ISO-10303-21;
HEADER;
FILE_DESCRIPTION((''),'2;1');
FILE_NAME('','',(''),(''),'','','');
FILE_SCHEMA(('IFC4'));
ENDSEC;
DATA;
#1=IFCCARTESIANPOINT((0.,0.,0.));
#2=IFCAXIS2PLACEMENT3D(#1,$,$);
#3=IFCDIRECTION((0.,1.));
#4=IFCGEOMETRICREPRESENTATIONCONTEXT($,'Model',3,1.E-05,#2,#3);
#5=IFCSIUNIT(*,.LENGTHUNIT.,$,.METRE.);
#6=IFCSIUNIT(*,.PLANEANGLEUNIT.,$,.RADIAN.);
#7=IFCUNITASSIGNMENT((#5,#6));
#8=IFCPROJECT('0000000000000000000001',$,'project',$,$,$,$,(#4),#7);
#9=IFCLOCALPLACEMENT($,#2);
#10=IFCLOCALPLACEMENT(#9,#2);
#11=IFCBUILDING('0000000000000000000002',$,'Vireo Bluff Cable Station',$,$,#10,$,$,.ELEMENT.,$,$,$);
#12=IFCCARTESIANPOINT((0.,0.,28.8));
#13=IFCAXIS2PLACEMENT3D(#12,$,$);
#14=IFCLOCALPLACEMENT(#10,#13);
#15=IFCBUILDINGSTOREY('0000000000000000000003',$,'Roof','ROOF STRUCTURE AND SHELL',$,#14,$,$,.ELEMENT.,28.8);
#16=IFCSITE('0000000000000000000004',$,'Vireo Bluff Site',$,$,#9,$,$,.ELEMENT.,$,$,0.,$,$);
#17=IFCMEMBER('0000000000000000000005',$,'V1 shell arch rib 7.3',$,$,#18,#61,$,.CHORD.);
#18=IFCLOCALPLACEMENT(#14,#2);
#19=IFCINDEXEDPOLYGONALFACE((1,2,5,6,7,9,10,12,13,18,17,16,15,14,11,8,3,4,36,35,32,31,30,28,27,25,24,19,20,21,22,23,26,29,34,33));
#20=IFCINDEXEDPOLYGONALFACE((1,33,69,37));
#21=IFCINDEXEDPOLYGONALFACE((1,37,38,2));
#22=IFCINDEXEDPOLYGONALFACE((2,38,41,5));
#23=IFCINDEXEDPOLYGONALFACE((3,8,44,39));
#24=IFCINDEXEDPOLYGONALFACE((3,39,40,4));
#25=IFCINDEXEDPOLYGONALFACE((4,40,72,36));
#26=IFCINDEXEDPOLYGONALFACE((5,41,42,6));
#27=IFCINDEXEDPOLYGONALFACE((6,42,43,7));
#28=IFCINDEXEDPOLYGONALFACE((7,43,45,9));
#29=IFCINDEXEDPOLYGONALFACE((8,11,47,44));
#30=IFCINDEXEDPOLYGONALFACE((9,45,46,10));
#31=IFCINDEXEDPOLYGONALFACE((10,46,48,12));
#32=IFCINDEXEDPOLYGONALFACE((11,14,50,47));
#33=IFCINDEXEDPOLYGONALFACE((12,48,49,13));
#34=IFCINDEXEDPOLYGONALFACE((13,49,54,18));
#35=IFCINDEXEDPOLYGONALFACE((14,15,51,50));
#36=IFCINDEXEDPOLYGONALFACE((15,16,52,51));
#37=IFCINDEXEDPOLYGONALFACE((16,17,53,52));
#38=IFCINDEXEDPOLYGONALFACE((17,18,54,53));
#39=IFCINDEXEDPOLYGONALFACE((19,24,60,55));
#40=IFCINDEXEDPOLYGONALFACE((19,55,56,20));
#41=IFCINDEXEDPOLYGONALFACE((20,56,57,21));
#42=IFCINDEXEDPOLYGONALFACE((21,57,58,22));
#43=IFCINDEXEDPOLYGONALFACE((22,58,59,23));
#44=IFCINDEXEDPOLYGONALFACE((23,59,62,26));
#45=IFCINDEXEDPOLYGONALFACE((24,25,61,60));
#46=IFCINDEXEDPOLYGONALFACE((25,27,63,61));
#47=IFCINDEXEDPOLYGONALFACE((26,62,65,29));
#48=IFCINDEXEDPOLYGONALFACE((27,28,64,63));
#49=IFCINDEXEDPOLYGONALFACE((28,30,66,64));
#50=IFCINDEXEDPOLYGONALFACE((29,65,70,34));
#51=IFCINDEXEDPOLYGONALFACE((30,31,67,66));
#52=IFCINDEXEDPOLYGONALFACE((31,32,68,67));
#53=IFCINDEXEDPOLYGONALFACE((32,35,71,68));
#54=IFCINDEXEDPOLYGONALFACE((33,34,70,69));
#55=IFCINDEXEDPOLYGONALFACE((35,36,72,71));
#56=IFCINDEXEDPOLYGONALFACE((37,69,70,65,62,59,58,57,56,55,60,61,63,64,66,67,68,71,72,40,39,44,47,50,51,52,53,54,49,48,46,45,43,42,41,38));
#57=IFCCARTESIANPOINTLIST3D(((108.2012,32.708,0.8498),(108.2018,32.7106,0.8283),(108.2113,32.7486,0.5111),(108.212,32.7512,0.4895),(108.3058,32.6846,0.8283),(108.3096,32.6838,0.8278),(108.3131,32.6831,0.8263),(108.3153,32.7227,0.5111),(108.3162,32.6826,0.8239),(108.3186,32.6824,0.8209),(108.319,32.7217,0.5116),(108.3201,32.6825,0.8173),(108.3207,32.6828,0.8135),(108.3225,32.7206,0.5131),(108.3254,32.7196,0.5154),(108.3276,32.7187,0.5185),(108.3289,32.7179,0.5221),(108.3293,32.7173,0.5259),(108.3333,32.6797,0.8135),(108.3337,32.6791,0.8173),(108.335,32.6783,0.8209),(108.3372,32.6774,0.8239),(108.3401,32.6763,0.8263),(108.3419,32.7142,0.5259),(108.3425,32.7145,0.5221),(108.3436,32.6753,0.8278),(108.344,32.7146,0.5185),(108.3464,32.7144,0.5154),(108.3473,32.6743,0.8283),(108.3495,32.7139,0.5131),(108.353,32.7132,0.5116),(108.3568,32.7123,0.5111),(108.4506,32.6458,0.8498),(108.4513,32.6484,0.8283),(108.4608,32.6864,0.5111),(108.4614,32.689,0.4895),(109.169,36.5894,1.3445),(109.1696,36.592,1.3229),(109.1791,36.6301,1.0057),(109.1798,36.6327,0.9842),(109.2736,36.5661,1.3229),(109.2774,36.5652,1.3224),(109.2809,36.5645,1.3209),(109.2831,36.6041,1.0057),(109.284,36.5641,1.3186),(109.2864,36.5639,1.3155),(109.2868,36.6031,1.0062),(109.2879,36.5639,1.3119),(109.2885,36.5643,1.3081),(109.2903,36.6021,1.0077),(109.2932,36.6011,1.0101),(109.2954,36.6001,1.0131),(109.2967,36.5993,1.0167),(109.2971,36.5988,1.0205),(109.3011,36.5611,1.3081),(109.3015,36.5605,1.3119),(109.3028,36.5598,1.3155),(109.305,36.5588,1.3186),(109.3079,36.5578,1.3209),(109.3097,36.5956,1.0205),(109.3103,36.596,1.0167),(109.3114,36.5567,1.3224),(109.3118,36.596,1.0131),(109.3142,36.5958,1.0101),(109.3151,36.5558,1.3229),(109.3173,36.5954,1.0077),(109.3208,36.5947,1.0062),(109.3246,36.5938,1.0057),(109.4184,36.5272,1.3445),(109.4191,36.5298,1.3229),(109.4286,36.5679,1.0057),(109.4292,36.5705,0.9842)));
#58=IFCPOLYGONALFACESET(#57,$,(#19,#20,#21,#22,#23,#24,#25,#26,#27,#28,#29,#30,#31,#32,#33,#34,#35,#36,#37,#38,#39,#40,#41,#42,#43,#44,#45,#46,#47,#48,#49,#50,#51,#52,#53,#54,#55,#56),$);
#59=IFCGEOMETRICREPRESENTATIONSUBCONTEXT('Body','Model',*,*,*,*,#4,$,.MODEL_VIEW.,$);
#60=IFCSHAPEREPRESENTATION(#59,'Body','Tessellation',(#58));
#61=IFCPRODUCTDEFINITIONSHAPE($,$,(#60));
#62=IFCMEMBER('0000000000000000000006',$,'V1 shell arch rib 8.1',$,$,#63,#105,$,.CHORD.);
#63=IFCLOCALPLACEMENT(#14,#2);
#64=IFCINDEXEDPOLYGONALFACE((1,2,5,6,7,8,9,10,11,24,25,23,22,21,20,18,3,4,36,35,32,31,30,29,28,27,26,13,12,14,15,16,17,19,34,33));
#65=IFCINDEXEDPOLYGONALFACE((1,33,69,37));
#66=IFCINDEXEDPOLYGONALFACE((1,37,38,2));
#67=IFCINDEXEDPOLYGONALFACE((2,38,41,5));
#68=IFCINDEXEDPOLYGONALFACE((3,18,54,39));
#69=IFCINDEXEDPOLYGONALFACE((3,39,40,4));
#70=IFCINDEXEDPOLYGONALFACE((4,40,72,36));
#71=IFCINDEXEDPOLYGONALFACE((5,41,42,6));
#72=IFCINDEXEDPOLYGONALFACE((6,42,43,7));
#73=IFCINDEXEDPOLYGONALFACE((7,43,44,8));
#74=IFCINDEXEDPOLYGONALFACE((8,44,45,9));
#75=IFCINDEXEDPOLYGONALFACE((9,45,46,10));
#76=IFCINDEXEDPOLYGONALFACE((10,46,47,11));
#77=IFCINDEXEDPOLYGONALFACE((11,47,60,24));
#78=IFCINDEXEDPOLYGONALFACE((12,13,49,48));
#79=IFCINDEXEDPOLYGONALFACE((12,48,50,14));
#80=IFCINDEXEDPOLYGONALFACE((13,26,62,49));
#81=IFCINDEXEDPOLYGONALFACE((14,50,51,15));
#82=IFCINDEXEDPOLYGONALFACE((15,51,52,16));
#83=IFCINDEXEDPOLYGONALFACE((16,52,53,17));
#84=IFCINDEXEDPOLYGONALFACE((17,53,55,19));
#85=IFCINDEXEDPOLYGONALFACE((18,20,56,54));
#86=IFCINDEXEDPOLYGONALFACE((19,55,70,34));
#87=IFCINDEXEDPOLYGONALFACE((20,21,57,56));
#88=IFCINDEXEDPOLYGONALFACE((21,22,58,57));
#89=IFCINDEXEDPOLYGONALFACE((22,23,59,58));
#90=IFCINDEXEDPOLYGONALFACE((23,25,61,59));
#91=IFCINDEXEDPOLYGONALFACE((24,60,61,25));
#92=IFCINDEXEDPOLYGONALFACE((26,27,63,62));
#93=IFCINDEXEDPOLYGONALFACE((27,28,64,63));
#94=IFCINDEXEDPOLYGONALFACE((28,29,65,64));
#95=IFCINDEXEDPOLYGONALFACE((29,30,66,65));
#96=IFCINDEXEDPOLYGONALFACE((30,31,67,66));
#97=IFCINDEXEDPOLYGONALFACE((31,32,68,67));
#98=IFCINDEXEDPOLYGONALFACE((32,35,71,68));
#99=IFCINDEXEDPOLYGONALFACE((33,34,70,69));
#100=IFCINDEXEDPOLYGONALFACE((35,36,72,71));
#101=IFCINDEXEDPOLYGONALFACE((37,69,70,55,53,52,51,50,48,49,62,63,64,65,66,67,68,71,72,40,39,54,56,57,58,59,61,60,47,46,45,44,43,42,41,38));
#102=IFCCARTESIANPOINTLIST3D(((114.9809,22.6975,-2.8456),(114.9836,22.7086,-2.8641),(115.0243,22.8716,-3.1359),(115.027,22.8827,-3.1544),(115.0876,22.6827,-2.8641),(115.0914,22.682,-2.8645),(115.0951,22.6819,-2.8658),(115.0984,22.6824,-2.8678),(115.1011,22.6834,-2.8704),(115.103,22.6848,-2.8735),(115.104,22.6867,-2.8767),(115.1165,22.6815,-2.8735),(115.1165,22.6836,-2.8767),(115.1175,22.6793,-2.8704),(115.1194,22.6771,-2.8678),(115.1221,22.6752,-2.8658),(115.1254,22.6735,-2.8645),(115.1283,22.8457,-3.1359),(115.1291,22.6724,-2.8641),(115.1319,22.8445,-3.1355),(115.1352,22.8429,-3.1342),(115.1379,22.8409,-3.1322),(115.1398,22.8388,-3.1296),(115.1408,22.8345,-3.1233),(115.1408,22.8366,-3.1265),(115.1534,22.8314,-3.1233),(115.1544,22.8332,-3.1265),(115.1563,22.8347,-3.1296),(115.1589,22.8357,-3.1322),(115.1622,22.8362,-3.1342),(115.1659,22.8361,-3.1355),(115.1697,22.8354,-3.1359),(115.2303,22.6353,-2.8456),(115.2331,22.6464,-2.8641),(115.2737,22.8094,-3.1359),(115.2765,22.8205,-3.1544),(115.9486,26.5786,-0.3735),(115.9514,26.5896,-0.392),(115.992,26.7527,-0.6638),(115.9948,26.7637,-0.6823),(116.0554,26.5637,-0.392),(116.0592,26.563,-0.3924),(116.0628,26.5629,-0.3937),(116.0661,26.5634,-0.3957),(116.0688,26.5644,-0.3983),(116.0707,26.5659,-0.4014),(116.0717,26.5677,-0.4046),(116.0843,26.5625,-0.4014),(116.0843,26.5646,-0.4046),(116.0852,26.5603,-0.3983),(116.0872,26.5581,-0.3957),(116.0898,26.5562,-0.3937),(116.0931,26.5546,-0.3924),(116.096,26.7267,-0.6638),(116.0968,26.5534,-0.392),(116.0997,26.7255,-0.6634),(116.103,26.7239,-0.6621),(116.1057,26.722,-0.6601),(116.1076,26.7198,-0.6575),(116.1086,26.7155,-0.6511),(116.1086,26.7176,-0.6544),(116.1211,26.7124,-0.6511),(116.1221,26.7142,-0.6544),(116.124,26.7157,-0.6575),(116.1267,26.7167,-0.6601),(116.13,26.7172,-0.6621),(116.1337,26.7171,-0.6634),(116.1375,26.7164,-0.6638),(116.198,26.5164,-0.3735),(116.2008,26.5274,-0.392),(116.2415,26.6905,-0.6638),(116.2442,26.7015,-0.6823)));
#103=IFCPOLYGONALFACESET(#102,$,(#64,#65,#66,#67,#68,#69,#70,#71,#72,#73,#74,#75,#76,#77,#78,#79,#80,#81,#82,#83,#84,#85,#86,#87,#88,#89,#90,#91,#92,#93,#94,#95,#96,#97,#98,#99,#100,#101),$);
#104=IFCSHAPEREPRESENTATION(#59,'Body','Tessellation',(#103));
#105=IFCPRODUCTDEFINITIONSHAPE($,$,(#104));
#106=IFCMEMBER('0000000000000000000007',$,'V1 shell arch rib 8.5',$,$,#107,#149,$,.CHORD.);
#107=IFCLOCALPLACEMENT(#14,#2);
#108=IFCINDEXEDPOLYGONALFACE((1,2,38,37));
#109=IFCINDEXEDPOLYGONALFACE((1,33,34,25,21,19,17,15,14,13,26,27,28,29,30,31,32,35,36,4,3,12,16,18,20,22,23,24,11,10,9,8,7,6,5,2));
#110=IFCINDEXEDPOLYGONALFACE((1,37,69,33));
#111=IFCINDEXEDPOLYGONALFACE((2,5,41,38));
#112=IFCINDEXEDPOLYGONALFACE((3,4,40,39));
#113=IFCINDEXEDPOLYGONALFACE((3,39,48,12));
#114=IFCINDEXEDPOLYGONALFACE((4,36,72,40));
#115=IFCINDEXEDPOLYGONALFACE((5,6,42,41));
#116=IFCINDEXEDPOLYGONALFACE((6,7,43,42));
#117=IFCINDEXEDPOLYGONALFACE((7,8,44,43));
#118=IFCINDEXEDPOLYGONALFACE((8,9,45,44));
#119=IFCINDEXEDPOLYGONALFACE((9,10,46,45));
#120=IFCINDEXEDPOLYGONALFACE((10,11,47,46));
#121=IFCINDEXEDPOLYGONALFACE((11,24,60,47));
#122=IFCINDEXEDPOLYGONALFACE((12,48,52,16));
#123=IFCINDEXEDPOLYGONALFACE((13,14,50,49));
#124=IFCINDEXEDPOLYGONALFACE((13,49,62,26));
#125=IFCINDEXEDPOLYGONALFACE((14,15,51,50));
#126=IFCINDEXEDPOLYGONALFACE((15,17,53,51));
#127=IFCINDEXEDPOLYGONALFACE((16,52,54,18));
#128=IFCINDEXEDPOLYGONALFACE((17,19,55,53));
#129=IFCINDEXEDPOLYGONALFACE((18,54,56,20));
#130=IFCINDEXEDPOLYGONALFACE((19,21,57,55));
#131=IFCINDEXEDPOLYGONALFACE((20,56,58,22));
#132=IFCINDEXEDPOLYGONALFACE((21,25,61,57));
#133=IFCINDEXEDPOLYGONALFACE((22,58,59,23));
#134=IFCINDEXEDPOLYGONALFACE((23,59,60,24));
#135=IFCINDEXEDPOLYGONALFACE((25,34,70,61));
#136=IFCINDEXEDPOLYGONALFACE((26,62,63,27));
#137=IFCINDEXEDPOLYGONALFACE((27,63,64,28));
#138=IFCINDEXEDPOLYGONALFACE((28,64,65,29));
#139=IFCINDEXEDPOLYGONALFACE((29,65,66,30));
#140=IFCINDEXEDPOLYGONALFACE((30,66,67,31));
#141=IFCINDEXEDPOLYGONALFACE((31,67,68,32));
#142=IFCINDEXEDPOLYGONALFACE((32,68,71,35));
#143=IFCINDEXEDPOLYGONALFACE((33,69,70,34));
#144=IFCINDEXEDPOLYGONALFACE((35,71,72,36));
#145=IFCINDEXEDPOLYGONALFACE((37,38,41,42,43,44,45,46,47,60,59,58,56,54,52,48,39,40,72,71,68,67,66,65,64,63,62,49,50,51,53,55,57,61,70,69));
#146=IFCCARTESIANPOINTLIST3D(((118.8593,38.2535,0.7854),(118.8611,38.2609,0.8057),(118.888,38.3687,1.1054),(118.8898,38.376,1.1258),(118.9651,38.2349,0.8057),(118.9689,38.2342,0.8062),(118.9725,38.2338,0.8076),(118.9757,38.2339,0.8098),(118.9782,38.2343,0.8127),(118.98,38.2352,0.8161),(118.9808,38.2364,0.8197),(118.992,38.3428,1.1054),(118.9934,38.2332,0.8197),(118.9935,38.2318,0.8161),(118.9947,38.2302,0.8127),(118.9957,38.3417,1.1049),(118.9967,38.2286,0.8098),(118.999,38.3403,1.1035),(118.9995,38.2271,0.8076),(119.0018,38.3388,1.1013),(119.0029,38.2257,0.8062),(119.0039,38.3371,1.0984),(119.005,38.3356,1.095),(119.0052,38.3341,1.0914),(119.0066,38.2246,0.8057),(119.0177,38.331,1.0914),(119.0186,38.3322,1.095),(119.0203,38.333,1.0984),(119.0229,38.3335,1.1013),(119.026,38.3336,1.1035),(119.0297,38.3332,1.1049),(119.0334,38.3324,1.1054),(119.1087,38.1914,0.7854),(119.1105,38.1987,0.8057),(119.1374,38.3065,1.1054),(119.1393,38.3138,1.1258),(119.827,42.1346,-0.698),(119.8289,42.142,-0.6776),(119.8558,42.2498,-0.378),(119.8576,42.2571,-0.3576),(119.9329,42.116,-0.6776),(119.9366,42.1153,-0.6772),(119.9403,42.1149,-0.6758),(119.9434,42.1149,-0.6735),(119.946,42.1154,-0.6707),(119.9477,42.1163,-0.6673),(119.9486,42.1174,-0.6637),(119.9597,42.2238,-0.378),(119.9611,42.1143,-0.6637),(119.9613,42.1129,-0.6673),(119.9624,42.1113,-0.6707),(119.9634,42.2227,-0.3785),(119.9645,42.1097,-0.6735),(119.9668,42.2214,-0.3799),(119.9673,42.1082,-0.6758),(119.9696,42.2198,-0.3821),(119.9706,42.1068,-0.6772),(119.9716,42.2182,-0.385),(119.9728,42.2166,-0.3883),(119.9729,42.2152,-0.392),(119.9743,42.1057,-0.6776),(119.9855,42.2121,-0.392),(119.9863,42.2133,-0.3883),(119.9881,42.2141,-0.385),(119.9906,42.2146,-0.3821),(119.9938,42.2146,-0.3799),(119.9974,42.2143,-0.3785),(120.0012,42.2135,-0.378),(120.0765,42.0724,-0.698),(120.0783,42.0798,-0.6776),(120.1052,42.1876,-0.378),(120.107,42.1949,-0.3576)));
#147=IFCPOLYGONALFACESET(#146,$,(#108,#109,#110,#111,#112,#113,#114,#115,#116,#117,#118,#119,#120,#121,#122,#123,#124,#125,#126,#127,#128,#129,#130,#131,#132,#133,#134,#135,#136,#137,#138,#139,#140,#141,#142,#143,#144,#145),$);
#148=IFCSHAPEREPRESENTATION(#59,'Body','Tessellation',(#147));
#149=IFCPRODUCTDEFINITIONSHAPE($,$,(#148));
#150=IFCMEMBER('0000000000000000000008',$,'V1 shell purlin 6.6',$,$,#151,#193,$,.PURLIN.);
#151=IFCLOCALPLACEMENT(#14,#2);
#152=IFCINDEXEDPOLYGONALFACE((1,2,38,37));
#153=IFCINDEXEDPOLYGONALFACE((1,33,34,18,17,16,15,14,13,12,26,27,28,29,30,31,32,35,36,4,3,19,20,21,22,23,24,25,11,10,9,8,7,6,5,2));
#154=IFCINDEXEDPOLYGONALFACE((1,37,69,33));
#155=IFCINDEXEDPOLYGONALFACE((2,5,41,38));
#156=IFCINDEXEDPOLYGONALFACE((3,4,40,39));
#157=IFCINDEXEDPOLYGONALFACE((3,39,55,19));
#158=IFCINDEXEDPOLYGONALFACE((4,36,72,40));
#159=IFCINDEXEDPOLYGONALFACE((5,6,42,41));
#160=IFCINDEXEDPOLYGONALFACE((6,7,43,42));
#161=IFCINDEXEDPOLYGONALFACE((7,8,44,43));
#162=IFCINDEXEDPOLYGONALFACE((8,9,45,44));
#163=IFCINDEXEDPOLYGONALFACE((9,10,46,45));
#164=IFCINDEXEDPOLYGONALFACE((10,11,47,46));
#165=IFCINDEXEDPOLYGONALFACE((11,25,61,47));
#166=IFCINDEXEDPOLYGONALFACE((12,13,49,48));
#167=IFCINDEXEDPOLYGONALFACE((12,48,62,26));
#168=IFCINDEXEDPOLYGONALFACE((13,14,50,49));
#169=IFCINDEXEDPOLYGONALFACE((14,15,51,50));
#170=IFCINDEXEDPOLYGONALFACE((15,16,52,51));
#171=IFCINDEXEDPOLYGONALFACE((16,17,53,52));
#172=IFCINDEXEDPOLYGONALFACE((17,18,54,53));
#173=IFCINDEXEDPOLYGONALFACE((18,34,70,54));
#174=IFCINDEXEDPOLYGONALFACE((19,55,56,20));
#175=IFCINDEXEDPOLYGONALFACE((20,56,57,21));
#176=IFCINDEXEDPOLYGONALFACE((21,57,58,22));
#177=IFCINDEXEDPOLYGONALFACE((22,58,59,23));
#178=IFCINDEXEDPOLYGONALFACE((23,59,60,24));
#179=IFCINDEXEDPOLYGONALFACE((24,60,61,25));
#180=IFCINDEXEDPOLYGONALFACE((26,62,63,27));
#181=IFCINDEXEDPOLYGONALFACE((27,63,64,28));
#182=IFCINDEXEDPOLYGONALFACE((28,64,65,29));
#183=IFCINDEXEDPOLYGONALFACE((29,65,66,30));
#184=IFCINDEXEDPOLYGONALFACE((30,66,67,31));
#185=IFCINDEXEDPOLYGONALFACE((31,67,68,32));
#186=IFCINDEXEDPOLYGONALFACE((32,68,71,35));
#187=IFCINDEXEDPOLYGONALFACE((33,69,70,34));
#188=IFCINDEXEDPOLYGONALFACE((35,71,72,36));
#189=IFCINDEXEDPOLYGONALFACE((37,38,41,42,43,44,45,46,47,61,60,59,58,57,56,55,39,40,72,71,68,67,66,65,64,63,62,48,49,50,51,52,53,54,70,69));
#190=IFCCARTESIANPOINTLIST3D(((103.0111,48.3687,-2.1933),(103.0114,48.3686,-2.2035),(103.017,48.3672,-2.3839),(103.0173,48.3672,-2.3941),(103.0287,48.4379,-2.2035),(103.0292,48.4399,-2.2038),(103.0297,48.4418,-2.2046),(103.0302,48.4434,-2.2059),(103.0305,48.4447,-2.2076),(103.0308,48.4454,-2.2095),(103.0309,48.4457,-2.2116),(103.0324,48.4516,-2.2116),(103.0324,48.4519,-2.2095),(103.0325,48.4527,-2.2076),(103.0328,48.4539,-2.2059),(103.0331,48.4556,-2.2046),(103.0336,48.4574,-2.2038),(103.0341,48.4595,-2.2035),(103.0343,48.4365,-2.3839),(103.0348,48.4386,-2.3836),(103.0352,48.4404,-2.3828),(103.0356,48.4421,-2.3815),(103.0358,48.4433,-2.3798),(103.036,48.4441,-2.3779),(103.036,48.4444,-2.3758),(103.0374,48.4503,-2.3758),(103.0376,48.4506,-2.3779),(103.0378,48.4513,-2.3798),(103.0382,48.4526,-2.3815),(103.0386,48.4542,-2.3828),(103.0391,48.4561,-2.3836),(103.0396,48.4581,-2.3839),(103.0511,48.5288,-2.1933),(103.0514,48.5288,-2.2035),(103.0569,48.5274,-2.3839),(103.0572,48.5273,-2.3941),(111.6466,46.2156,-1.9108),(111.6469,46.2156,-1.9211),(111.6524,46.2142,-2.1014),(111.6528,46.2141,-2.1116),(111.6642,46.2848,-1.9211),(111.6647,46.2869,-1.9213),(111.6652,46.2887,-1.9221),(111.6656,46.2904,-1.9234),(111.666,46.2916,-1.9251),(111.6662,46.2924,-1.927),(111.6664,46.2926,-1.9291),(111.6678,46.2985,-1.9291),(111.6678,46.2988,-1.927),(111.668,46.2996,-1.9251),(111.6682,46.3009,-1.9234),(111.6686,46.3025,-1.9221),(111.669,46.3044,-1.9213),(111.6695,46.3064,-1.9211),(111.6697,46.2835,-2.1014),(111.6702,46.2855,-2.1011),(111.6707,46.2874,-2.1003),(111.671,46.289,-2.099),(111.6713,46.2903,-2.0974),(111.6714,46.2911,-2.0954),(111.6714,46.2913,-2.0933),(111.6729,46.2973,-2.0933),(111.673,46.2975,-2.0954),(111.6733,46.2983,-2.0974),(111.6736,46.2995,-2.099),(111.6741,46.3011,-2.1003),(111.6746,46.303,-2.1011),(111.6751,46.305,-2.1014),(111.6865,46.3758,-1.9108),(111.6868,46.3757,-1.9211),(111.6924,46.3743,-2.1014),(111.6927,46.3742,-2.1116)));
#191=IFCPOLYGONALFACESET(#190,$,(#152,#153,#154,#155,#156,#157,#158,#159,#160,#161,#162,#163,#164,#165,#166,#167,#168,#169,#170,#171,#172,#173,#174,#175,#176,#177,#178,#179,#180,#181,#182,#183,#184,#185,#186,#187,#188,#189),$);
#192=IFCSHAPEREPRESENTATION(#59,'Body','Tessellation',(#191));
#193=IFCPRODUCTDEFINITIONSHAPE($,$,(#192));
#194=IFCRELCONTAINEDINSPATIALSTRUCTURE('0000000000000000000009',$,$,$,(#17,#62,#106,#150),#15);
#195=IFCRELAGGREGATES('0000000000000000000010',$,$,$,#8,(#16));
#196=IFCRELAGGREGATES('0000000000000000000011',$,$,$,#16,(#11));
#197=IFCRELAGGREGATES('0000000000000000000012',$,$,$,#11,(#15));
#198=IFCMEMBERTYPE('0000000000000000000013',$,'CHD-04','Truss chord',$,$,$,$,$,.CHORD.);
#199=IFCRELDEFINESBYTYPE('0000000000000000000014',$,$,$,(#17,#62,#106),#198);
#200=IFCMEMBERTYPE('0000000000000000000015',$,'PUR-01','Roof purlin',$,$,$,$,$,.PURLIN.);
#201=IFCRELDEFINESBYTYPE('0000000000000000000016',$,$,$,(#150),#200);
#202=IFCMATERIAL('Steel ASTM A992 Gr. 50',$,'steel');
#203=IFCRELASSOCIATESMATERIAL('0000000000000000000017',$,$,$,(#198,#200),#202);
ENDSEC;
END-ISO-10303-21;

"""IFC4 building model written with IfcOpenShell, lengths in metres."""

from ifc_helpers import new_model, si_unit, direction, frame, origin, origin_2d, place, context, subcontext, project, spatial, i_section, extrude, material, material_profile, profile_set, type_object, element, save


model = new_model("IFC4")

# Units and contexts
model_context = context("Model", 3, precision=1e-05, world=origin(), true_north=direction((0.0, 1.0)))
body_context = subcontext(model_context, "Body", "Model", "MODEL_VIEW")
ifc_project = project(units=[si_unit("LENGTHUNIT", "METRE"), si_unit("PLANEANGLEUNIT", "RADIAN")], contexts=[model_context])

# Site, building, storey
site_placement = place(None, origin())
site = spatial("IfcSite", under=ifc_project, at=site_placement, Name="Vireo Bluff Site", CompositionType="ELEMENT", RefElevation=0.0)
building_placement = place(site_placement, origin())
building = spatial("IfcBuilding", under=site, at=building_placement, Name="Vireo Bluff Cable Station", CompositionType="ELEMENT")
storey_placement = place(building_placement, frame((0.0, 0.0, 28.8)))
storey = spatial("IfcBuildingStorey", under=building, at=storey_placement, Name="Roof", Description="ROOF STRUCTURE AND SHELL", CompositionType="ELEMENT", Elevation=28.8)

# Members
ifc_material_1 = material(Name="Steel ASTM A992 Gr. 50", Category="steel")
ifc_material_profile_1 = material_profile(ifc_material_1, i_section(OverallWidth=0.2571, OverallDepth=0.363, WebThickness=0.0129, FlangeThickness=0.0217, FilletRadius=0.0149, at=origin_2d()), Name="W14X82")
ifc_profile_set_1 = profile_set([ifc_material_profile_1], Name="Steel ASTM A992 Gr. 50")
member_type_1 = type_object("IfcMemberType", Name="CHD-04", Description="Truss chord", PredefinedType="CHORD", material=ifc_profile_set_1)
member_1_placement = place(storey_placement, frame((108.3313, 32.6985, 0.6697), z_axis=(0.240104, 0.962959, 0.122717), x_axis=(-0.970293, 0.241932, 0.0)))
element("IfcMember", 1, at=member_1_placement, inside=storey, type_object=member_type_1, Name="V1 shell arch rib 7.3", PredefinedType="CHORD", context=body_context, shape_type="SweptSolid", body=[
    extrude(i_section(OverallWidth=0.2571, OverallDepth=0.363, WebThickness=0.0129, FlangeThickness=0.0217, FilletRadius=0.0149, at=origin_2d()), origin(), (0.0, 0.0, 1.0), 4.0308),
])
member_2_placement = place(storey_placement, frame((115.1287, 22.759, -3.0), z_axis=(0.205811, 0.825371, 0.525741), x_axis=(-0.97029, 0.241947, 0.0)))
element("IfcMember", 2, at=member_2_placement, inside=storey, type_object=member_type_1, Name="V1 shell arch rib 8.1", PredefinedType="CHORD", context=body_context, shape_type="SweptSolid", body=[
    extrude(i_section(OverallWidth=0.2571, OverallDepth=0.363, WebThickness=0.0129, FlangeThickness=0.0217, FilletRadius=0.0149, at=origin_2d()), origin(), (0.0, 0.0, 1.0), 4.7021),
])
member_3_placement = place(storey_placement, frame((118.9993, 38.2837, 0.9556), z_axis=(0.226849, 0.909744, -0.347714), x_axis=(-0.97029, 0.241947, 0.0)))
element("IfcMember", 3, at=member_3_placement, inside=storey, type_object=member_type_1, Name="V1 shell arch rib 8.5", PredefinedType="CHORD", context=body_context, shape_type="SweptSolid", body=[
    extrude(i_section(OverallWidth=0.2571, OverallDepth=0.363, WebThickness=0.0129, FlangeThickness=0.0217, FilletRadius=0.0149, at=origin_2d()), origin(), (0.0, 0.0, 1.0), 4.2661),
])
ifc_material_profile_2 = material_profile(ifc_material_1, i_section(OverallWidth=0.165, OverallDepth=0.2009, WebThickness=0.0061, FlangeThickness=0.0103, FilletRadius=0.0081, at=origin_2d()), Name="W8X24")
ifc_profile_set_2 = profile_set([ifc_material_profile_2], Name="Steel ASTM A992 Gr. 50")
member_type_2 = type_object("IfcMemberType", Name="PUR-01", Description="Roof purlin", PredefinedType="PURLIN", material=ifc_profile_set_2)
member_4_placement = place(storey_placement, frame((103.0342, 48.448, -2.2937), z_axis=(0.969807, -0.241801, 0.031723), x_axis=(0.241922, 0.970296, 0.0)))
element("IfcMember", 4, at=member_4_placement, inside=storey, type_object=member_type_2, Name="V1 shell purlin 6.6", PredefinedType="PURLIN", context=body_context, shape_type="SweptSolid", body=[
    extrude(i_section(OverallWidth=0.165, OverallDepth=0.2009, WebThickness=0.0061, FlangeThickness=0.0103, FilletRadius=0.0081, at=origin_2d()), origin(), (0.0, 0.0, 1.0), 8.9043),
])

save(model, "model.ifc")
